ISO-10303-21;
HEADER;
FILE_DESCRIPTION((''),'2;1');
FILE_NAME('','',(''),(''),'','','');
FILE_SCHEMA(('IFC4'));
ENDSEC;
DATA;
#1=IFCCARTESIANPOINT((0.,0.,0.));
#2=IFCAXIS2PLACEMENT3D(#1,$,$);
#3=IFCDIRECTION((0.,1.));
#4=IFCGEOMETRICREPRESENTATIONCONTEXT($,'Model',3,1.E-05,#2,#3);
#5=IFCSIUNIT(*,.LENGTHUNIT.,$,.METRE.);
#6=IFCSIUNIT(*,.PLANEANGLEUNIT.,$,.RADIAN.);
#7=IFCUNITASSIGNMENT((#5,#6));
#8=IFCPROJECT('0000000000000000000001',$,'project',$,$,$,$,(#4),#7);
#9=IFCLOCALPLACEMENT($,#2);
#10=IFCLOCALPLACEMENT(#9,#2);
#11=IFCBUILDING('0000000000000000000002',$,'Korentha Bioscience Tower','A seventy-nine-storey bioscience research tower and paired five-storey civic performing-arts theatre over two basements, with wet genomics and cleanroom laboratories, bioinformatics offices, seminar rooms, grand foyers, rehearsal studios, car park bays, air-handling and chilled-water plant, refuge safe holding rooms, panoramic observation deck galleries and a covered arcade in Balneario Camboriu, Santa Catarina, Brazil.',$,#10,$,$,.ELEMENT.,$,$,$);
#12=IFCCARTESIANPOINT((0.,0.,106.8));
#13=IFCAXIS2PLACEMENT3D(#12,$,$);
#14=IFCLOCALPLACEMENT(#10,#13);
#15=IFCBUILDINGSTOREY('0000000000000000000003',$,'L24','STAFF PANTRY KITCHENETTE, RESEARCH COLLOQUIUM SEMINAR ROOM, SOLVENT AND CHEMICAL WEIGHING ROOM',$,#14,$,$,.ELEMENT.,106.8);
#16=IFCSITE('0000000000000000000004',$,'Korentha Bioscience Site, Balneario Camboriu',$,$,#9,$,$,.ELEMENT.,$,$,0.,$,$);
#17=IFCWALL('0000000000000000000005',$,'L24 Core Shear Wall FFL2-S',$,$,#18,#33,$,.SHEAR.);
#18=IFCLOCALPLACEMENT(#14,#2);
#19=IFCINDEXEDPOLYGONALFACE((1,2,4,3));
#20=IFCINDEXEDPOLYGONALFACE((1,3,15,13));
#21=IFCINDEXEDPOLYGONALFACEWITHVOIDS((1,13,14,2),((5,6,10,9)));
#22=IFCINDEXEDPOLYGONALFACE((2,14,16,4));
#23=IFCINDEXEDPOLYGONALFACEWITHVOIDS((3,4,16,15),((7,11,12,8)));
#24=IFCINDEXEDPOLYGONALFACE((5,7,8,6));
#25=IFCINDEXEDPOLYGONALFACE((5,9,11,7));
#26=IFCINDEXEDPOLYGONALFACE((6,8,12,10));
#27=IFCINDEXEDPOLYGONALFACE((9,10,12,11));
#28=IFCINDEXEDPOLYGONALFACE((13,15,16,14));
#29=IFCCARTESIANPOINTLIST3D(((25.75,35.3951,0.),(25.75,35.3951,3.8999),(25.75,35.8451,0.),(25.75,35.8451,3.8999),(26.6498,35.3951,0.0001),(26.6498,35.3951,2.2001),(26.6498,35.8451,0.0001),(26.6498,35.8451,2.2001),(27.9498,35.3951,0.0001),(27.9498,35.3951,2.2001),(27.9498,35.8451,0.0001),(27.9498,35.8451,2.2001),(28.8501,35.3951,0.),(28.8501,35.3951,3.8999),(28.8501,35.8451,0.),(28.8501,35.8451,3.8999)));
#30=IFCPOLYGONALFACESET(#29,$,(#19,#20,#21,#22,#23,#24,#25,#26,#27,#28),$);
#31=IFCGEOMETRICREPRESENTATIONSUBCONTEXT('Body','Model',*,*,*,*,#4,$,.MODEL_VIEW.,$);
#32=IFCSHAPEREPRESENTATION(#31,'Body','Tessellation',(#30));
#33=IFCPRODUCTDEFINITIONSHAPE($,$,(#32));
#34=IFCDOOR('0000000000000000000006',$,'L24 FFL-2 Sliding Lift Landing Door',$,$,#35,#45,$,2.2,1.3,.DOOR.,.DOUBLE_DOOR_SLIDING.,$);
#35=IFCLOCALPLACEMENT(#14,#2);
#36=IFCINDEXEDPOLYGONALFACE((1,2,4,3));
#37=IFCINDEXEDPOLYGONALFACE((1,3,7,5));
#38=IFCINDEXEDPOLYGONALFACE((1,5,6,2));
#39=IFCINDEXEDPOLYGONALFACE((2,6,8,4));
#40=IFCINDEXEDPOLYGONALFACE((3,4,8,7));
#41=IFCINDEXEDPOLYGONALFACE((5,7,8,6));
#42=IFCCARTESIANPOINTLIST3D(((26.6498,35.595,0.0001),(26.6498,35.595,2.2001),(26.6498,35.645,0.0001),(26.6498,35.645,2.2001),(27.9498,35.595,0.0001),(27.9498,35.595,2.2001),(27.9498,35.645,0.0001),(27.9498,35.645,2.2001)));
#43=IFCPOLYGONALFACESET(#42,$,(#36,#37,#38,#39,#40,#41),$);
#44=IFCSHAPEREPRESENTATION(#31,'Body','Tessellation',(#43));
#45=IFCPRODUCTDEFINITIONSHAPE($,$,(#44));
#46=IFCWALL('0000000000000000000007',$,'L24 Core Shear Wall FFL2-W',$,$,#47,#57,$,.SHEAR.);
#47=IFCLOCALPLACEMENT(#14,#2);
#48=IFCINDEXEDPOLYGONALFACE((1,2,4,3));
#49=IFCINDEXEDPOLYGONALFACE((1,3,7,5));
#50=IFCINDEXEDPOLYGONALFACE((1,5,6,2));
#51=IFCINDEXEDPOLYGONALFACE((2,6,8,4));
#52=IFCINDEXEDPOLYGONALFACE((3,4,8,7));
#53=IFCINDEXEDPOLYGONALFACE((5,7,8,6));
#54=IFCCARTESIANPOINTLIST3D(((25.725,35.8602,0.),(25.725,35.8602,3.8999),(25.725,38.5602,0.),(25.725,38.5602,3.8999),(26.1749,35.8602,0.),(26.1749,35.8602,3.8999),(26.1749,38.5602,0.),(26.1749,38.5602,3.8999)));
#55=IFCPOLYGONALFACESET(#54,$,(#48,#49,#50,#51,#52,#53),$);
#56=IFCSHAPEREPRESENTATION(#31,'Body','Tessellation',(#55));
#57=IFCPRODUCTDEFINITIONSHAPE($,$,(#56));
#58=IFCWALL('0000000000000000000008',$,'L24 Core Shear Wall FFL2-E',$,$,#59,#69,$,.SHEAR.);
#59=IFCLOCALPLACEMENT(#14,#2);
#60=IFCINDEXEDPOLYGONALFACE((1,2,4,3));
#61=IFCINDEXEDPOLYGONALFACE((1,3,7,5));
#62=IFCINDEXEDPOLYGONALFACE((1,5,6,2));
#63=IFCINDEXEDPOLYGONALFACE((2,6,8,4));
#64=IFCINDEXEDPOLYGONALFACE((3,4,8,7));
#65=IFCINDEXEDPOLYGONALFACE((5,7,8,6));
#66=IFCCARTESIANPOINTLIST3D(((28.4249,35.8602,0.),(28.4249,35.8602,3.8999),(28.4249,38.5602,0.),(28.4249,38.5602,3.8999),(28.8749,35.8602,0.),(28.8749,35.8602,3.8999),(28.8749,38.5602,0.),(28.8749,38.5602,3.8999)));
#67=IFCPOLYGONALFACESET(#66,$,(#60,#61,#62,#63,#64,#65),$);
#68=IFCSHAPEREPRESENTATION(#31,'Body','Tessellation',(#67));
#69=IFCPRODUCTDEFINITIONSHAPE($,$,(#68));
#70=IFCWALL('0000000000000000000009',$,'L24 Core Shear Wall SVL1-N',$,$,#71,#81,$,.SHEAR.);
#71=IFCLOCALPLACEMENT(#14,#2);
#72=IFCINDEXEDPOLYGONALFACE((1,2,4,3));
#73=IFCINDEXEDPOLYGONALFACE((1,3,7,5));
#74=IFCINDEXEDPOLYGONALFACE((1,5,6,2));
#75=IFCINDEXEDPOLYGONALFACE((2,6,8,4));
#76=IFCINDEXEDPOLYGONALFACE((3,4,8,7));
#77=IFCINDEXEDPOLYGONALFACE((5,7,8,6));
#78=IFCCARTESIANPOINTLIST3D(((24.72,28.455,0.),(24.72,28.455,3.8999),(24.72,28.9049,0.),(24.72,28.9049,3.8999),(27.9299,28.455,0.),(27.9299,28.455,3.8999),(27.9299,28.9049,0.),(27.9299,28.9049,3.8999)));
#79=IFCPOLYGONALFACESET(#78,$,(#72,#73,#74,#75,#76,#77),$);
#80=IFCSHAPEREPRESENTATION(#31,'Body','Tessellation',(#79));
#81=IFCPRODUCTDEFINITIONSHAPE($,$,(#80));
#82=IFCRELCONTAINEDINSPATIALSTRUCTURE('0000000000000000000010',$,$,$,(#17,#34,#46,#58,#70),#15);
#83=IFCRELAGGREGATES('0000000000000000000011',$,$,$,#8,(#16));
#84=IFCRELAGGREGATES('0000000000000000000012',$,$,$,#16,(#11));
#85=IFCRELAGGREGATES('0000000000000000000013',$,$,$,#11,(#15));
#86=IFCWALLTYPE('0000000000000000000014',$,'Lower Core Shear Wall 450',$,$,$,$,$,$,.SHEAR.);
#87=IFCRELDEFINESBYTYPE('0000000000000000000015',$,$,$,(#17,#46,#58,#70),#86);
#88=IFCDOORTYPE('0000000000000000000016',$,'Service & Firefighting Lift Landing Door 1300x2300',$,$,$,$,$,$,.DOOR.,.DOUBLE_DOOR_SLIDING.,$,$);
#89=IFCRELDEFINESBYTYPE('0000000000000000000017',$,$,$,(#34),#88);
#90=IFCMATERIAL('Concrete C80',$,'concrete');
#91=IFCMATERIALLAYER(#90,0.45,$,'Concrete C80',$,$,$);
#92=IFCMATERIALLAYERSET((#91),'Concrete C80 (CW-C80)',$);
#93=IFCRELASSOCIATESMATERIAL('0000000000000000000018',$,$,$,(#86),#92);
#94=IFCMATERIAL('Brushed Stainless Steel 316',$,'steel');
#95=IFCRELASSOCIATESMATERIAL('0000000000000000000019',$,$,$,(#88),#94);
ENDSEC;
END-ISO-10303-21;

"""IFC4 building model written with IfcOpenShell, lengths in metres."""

from ifc_helpers import new_model, si_unit, direction, frame, frame_2d, origin, place, context, subcontext, project, spatial, rectangle, extrude, material, layer, layer_set, type_object, element, fill, save


model = new_model("IFC4")

# Units and contexts
model_context = context("Model", 3, precision=1e-05, world=origin(), true_north=direction((0.0, 1.0)))
body_context = subcontext(model_context, "Body", "Model", "MODEL_VIEW")
ifc_project = project(units=[si_unit("LENGTHUNIT", "METRE"), si_unit("PLANEANGLEUNIT", "RADIAN")], contexts=[model_context])

# Site, building, storey
site_placement = place(None, origin())
site = spatial("IfcSite", under=ifc_project, at=site_placement, Name="Korentha Bioscience Site, Balneario Camboriu", CompositionType="ELEMENT", RefElevation=0.0)
building_placement = place(site_placement, origin())
building = spatial("IfcBuilding", under=site, at=building_placement, Name="Korentha Bioscience Tower", Description="A seventy-nine-storey bioscience research tower and paired five-storey civic performing-arts theatre over two basements, with wet genomics and cleanroom laboratories, bioinformatics offices, seminar rooms, grand foyers, rehearsal studios, car park bays, air-handling and chilled-water plant, refuge safe holding rooms, panoramic observation deck galleries and a covered arcade in Balneario Camboriu, Santa Catarina, Brazil.", CompositionType="ELEMENT")
storey_placement = place(building_placement, frame((0.0, 0.0, 106.8)))
storey = spatial("IfcBuildingStorey", under=building, at=storey_placement, Name="L24", Description="STAFF PANTRY KITCHENETTE, RESEARCH COLLOQUIUM SEMINAR ROOM, SOLVENT AND CHEMICAL WEIGHING ROOM", CompositionType="ELEMENT", Elevation=106.8)

# Shared definitions
ifc_material_1 = material(Name="Concrete C80", Category="concrete")
ifc_layer_1 = layer(ifc_material_1, 0.45, Name="Concrete C80")
ifc_layer_set_1 = layer_set([ifc_layer_1], Name="Concrete C80 (CW-C80)")
wall_type_1 = type_object("IfcWallType", Name="Lower Core Shear Wall 450", PredefinedType="SHEAR", material=ifc_layer_set_1)

# Wall, opening, door
wall_1_placement = place(storey_placement, frame((25.75, 35.6201, 0.0), z_axis=(0.0, 0.0, 1.0), x_axis=(1.0, 0.0, 0.0)))
wall_1 = element("IfcWall", 1, at=wall_1_placement, inside=storey, type_object=wall_type_1, Name="L24 Core Shear Wall FFL2-S", PredefinedType="SHEAR", context=body_context, shape_type="SweptSolid", body=[
    extrude(rectangle(XDim=3.1001, YDim=0.45, at=frame_2d((1.55, 0.0))), origin(), (0.0, 0.0, 1.0), 3.8999),
])
opening_1_placement = place(wall_1_placement, frame((0.8999, 0.0, 0.0)))
opening_1 = element("IfcOpeningElement", 2, at=opening_1_placement, cuts=wall_1, PredefinedType="OPENING", context=body_context, shape_type="SweptSolid", body=[
    extrude(rectangle(XDim=1.3, YDim=2.2, at=frame_2d((0.6499, 1.1001))), frame((0.0, 0.2397, 0.0), z_axis=(0.0, -1.0, 0.0), x_axis=(1.0, 0.0, 0.0)), (0.0, 0.0, 1.0), 0.4797),
])
ifc_material_2 = material(Name="Brushed Stainless Steel 316", Category="steel")
door_type_1 = type_object("IfcDoorType", Name="Service & Firefighting Lift Landing Door 1300x2300", OperationType="DOUBLE_DOOR_SLIDING", PredefinedType="DOOR", material=ifc_material_2)
door_1_placement = place(opening_1_placement, origin())
door_1 = element("IfcDoor", 3, at=door_1_placement, inside=storey, type_object=door_type_1, Name="L24 FFL-2 Sliding Lift Landing Door", OperationType="DOUBLE_DOOR_SLIDING", OverallHeight=2.2, OverallWidth=1.3, PredefinedType="DOOR", context=body_context, shape_type="SweptSolid", body=[
    extrude(rectangle(XDim=1.3, YDim=2.2, at=frame_2d((0.6499, 1.1001))), frame((0.0, 0.0249, 0.0), z_axis=(0.0, -1.0, 0.0), x_axis=(1.0, 0.0, 0.0)), (0.0, 0.0, 1.0), 0.05),
])
fill(opening_1, door_1)

# Walls
for number, where, z_axis, x_axis, name in (
    (4, (25.95, 35.8601, 0.0), (0.0, 0.0, 1.0), (0.0, 1.0, 0.0), "L24 Core Shear Wall FFL2-W"),
    (5, (28.6499, 35.8601, 0.0), (0.0, 0.0, 1.0), (0.0, 1.0, 0.0), "L24 Core Shear Wall FFL2-E"),
):
    element("IfcWall", number, at=place(storey_placement, frame(where, z_axis=z_axis, x_axis=x_axis)), inside=storey, type_object=wall_type_1, Name=name, PredefinedType="SHEAR", context=body_context, shape_type="SweptSolid", body=[
        extrude(rectangle(XDim=2.7, YDim=0.45, at=frame_2d((1.3501, 0.0))), origin(), (0.0, 0.0, 1.0), 3.8999),
    ])
wall_2_placement = place(storey_placement, frame((24.72, 28.6799, 0.0), z_axis=(0.0, 0.0, 1.0), x_axis=(1.0, 0.0, 0.0)))
element("IfcWall", 6, at=wall_2_placement, inside=storey, type_object=wall_type_1, Name="L24 Core Shear Wall SVL1-N", PredefinedType="SHEAR", context=body_context, shape_type="SweptSolid", body=[
    extrude(rectangle(XDim=3.21, YDim=0.45, at=frame_2d((1.605, 0.0))), origin(), (0.0, 0.0, 1.0), 3.8999),
])

save(model, "model.ifc")
